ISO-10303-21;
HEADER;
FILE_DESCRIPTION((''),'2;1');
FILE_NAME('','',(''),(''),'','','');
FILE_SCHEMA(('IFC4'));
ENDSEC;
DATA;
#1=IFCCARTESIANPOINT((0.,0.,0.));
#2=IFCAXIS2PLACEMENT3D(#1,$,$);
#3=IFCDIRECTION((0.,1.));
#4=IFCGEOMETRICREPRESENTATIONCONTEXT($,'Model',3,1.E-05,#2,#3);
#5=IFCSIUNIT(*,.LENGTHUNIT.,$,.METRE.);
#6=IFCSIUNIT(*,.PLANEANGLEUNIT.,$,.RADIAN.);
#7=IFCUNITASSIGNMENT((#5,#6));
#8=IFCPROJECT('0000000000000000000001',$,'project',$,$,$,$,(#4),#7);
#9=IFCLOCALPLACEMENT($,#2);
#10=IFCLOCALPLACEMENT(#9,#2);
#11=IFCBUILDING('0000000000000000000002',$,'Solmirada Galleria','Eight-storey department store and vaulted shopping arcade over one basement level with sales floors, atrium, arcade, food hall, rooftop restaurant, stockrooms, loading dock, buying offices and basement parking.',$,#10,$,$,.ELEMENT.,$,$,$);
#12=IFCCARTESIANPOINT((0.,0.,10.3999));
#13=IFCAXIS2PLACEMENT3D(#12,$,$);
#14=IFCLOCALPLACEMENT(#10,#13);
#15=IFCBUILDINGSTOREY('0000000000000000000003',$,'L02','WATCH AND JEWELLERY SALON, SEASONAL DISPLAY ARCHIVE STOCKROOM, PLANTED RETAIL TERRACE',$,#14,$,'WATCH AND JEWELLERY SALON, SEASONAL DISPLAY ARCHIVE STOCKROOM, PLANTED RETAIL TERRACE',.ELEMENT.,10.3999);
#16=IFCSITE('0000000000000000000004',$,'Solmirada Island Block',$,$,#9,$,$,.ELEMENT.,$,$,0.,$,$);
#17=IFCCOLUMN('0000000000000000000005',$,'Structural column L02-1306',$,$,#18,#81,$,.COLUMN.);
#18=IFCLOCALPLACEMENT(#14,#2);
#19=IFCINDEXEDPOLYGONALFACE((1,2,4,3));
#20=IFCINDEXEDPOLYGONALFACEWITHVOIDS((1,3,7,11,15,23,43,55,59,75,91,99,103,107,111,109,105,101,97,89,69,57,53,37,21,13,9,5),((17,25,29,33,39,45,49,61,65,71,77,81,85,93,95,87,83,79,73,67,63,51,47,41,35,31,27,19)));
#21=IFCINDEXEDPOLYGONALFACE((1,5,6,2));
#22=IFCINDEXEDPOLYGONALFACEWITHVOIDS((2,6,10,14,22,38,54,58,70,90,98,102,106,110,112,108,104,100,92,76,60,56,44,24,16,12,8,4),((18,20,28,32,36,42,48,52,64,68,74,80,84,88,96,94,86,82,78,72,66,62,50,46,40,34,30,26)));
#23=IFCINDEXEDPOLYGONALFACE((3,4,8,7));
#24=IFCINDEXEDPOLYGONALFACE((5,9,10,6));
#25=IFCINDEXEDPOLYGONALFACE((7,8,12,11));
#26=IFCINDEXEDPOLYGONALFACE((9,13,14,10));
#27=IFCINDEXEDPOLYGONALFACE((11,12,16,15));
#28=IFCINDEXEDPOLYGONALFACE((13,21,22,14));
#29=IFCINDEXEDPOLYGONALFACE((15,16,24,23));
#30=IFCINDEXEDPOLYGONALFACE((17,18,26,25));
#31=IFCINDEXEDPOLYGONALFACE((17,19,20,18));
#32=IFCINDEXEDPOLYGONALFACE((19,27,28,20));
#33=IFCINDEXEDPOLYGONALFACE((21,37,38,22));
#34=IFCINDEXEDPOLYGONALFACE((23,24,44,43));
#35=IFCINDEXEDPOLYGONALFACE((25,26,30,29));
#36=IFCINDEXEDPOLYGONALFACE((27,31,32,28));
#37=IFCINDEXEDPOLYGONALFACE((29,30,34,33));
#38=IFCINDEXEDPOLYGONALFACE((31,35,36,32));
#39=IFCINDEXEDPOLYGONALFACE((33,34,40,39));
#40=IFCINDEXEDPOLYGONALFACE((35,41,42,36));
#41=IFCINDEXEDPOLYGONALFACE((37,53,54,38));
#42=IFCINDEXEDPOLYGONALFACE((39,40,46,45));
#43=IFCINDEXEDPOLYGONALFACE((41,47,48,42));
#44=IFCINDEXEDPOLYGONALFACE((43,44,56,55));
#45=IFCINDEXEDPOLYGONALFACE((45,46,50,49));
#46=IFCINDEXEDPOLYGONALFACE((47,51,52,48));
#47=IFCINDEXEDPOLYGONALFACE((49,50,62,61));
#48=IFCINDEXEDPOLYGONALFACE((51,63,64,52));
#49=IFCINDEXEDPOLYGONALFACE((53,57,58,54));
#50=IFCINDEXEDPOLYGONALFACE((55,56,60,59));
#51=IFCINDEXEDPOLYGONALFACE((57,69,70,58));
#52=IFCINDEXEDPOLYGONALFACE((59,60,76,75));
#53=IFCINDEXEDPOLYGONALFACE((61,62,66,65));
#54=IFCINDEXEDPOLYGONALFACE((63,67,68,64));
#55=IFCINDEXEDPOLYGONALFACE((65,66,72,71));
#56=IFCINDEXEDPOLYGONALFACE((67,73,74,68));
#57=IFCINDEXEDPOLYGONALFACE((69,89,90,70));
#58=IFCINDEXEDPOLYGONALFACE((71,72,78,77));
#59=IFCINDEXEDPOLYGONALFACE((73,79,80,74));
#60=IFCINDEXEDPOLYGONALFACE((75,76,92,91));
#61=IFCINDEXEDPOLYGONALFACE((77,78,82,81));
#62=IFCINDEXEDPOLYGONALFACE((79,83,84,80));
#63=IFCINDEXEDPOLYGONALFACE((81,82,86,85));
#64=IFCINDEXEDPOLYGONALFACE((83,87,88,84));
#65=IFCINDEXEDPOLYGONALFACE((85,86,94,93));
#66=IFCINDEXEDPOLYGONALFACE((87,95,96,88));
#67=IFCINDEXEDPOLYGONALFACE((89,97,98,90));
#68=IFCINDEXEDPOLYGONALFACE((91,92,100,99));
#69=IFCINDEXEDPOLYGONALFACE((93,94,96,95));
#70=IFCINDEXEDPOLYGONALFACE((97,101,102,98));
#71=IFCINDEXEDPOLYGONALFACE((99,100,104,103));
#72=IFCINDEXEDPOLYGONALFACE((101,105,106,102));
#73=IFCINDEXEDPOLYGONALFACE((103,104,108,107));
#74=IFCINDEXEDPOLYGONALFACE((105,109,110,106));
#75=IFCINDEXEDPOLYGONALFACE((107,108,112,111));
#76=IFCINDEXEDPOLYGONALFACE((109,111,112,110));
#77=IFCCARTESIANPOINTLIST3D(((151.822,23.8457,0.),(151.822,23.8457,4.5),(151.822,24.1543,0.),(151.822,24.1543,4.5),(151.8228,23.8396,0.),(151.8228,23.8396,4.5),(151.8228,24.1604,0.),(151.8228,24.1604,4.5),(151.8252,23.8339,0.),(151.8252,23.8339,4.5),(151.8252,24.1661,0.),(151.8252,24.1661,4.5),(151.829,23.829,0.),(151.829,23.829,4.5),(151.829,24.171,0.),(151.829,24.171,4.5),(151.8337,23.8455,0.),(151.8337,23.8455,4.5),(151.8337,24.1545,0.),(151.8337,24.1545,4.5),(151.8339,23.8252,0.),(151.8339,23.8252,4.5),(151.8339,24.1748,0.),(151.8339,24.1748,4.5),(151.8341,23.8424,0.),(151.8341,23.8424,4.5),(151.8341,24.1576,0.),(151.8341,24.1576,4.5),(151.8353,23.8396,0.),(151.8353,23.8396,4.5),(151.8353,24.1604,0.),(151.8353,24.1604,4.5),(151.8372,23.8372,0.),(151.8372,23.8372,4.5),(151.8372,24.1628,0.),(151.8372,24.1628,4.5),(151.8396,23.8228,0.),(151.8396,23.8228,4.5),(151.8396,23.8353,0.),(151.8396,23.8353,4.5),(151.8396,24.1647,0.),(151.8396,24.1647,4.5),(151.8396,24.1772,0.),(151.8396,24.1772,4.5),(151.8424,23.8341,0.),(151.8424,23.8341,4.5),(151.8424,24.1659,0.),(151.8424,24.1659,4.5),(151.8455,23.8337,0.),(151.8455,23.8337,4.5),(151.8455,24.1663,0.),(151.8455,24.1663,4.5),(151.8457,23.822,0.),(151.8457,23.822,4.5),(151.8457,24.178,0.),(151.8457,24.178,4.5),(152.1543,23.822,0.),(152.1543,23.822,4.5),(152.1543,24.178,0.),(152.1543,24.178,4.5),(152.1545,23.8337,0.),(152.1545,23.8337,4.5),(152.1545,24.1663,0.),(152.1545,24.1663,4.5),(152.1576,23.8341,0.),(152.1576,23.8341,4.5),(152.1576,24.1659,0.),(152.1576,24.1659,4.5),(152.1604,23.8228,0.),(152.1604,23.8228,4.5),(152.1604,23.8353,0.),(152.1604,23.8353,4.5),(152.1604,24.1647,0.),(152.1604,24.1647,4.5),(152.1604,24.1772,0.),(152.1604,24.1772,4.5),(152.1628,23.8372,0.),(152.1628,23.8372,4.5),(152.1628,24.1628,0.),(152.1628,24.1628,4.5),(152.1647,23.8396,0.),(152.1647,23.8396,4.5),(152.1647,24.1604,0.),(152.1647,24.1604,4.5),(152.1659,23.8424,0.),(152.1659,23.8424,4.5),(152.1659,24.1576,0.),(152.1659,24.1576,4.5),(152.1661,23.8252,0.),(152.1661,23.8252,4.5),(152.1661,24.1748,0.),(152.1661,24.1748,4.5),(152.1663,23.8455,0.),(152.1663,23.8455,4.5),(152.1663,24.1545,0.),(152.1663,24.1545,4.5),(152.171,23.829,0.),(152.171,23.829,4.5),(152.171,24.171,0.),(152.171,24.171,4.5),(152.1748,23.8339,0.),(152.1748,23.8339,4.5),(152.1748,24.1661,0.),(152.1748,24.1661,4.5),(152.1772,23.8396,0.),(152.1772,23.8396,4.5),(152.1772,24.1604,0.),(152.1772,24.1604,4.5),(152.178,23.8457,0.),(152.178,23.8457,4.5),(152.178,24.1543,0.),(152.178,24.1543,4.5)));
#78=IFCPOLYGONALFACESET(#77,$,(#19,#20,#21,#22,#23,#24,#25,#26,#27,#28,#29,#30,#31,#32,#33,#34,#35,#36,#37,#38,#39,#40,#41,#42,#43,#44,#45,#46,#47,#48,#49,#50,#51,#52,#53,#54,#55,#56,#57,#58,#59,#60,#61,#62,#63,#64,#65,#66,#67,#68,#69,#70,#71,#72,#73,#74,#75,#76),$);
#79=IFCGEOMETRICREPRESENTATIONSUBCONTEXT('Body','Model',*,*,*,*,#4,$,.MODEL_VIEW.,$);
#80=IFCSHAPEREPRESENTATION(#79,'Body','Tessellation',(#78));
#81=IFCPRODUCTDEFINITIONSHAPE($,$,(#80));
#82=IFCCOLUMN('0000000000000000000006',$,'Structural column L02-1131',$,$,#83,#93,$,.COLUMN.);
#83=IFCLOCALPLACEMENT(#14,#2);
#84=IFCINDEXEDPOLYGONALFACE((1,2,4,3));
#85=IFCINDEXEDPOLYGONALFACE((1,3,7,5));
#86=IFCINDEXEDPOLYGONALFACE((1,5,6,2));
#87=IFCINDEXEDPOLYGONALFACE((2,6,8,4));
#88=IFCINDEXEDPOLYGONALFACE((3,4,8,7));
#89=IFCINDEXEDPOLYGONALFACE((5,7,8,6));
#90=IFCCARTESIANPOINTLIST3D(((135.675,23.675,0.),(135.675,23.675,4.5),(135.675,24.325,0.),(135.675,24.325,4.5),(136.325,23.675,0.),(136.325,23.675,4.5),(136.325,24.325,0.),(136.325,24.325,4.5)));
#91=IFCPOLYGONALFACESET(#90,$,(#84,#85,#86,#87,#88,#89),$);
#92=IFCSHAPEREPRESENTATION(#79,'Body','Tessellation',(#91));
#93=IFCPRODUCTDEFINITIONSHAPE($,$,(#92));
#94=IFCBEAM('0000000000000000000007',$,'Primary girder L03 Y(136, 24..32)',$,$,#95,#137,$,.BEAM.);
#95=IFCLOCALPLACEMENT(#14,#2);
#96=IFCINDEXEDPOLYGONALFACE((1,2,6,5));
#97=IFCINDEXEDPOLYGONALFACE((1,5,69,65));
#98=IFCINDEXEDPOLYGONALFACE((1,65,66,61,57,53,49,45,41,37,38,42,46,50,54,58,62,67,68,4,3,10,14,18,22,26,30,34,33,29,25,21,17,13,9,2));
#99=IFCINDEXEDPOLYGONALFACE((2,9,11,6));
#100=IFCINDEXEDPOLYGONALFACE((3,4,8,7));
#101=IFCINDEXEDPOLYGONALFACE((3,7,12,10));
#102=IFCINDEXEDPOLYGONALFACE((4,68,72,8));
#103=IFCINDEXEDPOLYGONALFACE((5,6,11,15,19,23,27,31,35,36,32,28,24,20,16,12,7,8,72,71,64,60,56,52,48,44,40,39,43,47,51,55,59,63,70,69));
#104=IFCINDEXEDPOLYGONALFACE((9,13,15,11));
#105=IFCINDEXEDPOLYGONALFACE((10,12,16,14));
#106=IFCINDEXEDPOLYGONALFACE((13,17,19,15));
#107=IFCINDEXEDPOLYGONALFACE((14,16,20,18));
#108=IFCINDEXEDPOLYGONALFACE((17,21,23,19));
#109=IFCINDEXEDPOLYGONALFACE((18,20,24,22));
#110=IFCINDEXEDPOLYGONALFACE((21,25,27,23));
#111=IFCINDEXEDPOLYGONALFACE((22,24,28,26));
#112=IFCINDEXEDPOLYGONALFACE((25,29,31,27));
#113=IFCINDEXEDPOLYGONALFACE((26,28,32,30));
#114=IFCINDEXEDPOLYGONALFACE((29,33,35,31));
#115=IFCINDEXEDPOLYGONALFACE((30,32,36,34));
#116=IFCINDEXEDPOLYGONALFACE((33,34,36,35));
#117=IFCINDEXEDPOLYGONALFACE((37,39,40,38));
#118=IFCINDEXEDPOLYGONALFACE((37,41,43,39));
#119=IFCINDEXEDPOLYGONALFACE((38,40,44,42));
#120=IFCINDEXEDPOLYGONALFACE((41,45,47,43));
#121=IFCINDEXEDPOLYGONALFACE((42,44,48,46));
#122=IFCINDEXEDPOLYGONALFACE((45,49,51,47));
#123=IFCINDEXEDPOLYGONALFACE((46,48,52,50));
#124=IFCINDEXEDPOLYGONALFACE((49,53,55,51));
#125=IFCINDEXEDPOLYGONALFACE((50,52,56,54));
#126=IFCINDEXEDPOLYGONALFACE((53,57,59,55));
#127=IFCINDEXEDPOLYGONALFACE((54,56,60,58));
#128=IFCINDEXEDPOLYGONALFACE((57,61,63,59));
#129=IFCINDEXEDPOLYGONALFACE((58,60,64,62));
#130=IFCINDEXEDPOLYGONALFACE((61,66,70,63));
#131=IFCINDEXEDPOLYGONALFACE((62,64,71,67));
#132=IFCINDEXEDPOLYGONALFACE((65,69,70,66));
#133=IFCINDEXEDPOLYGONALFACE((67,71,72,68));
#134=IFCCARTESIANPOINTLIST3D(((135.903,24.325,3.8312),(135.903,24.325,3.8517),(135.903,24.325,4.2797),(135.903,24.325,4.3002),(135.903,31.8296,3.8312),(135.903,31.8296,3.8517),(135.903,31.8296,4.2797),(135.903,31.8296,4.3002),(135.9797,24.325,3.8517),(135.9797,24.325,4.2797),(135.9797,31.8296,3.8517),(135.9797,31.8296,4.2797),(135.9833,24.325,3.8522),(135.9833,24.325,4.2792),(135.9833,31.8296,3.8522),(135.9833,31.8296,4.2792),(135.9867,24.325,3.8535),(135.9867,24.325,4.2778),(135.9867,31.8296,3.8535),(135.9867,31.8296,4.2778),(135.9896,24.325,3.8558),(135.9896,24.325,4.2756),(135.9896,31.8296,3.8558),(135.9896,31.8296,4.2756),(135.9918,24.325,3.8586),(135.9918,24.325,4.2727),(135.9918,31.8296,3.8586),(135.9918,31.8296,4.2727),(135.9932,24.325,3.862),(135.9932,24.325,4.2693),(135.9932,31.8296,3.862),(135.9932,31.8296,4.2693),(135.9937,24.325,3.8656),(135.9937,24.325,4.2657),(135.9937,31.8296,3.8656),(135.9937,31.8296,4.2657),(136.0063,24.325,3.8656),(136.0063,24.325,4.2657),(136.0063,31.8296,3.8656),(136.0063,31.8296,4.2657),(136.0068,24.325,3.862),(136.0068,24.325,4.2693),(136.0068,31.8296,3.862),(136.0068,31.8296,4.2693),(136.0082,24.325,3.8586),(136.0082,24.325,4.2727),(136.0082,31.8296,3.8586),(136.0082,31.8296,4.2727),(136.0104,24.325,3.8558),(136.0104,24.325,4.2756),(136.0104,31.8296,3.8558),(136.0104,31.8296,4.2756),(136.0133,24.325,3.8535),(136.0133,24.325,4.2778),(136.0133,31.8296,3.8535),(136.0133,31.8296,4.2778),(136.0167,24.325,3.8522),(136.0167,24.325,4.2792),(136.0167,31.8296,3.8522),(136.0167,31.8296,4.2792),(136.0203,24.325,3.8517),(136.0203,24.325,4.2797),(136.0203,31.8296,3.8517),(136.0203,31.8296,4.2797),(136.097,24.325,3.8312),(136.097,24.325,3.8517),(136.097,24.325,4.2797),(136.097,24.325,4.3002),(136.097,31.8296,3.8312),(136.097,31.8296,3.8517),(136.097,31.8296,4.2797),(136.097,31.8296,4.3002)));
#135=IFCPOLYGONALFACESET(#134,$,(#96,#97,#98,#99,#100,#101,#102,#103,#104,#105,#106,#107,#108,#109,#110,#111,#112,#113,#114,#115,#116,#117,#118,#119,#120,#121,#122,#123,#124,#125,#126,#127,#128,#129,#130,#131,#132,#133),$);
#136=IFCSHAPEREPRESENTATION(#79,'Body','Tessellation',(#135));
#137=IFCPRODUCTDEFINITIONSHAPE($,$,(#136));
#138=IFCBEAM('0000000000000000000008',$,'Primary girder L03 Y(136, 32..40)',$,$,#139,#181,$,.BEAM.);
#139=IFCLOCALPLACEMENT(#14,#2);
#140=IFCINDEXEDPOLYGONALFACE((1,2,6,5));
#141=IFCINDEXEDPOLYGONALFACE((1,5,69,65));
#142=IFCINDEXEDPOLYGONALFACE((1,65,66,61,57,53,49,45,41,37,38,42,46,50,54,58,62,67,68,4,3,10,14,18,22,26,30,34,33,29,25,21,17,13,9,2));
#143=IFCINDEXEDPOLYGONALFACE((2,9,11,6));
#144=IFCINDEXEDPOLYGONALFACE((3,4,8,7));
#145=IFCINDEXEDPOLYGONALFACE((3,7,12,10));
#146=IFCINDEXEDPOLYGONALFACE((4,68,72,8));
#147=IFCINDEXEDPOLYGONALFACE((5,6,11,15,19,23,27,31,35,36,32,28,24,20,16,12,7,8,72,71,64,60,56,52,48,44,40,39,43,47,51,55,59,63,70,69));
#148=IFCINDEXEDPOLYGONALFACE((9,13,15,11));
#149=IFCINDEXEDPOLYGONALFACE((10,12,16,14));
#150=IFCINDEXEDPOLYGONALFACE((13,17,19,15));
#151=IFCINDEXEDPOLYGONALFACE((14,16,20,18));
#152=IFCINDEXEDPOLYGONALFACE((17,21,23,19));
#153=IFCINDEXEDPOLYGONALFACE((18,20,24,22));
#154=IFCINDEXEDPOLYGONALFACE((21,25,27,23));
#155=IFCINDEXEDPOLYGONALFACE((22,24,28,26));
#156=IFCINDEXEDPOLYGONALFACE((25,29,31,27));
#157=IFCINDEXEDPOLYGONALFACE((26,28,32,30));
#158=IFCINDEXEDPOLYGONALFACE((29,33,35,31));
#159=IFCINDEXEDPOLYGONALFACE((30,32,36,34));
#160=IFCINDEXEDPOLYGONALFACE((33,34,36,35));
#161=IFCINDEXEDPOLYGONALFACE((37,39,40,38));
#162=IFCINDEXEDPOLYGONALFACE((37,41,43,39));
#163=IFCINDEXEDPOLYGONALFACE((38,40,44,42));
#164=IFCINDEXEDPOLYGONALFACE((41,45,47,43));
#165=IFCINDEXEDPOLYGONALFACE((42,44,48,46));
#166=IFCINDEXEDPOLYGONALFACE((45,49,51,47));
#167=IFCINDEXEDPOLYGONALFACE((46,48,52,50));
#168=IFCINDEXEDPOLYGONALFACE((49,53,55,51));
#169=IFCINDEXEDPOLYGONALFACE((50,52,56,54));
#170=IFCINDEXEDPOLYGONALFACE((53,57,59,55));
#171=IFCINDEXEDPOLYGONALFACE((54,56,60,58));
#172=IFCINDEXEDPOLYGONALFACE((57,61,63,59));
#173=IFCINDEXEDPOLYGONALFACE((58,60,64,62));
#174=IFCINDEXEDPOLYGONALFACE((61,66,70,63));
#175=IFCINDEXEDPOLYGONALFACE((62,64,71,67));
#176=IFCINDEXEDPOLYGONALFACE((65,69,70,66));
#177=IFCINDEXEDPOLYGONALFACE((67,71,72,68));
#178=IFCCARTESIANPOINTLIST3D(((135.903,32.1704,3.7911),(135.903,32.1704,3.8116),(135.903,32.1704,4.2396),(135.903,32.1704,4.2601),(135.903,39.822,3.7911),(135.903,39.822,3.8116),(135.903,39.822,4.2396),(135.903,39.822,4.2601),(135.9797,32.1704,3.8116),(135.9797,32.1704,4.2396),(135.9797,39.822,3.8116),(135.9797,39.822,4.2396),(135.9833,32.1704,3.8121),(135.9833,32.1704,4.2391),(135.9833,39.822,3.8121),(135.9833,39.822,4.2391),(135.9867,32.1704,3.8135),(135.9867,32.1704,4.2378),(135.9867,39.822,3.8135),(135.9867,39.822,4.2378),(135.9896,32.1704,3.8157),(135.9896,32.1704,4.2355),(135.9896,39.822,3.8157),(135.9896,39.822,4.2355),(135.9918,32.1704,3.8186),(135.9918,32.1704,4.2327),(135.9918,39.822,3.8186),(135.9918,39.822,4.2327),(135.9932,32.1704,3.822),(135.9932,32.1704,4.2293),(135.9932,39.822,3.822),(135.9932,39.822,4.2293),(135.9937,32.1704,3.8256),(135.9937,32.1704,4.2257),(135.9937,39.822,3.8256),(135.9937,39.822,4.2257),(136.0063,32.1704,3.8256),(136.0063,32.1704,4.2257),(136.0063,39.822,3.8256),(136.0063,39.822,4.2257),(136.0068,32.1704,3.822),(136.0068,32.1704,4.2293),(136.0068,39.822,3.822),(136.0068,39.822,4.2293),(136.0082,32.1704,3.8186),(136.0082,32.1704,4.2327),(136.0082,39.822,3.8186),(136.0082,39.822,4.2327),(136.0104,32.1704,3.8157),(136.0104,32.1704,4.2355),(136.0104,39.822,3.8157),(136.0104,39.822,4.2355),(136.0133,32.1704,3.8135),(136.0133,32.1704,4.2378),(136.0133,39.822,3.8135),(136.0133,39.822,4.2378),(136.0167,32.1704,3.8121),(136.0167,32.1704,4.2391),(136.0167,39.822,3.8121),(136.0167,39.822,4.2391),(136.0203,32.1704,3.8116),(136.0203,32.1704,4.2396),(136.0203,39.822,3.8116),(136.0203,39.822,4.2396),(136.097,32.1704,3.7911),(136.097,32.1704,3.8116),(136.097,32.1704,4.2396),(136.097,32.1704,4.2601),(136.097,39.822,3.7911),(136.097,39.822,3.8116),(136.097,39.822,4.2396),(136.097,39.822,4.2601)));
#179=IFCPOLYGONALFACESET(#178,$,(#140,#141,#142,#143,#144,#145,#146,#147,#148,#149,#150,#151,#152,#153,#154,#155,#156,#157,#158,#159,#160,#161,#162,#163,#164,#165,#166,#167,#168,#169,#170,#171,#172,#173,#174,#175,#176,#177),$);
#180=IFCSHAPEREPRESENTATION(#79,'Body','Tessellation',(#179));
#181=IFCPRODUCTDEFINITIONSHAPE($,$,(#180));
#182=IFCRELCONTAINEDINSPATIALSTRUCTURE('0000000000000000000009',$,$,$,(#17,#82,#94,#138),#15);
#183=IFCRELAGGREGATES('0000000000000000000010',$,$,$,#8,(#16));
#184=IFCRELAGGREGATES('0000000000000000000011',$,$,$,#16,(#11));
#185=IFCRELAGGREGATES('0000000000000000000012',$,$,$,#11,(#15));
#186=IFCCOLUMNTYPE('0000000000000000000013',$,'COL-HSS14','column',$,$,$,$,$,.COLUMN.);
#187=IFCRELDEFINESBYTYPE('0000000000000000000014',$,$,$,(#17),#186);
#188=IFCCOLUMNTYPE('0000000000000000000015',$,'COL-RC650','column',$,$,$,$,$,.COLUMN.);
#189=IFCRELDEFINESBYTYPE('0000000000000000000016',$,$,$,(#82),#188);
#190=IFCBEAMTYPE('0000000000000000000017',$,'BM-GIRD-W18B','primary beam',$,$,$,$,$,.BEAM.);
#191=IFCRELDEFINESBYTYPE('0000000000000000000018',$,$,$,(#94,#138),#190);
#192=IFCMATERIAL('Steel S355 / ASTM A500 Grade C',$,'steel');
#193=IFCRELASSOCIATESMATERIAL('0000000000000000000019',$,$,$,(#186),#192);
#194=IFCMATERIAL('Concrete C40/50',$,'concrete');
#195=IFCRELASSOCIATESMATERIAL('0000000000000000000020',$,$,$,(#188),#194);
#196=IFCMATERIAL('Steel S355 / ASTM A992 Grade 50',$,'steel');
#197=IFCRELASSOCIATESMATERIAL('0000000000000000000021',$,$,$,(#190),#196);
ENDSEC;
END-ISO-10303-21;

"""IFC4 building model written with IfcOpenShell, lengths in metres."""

from ifc_helpers import new_model, si_unit, direction, frame, origin, origin_2d, place, context, subcontext, project, spatial, rectangle, hollow_rectangle, i_section, extrude, material, material_profile, profile_set, type_object, element, save


model = new_model("IFC4")

# Units and contexts
model_context = context("Model", 3, precision=1e-05, world=origin(), true_north=direction((0.0, 1.0)))
body_context = subcontext(model_context, "Body", "Model", "MODEL_VIEW")
ifc_project = project(units=[si_unit("LENGTHUNIT", "METRE"), si_unit("PLANEANGLEUNIT", "RADIAN")], contexts=[model_context])

# Site, building, storey
site_placement = place(None, origin())
site = spatial("IfcSite", under=ifc_project, at=site_placement, Name="Solmirada Island Block", CompositionType="ELEMENT", RefElevation=0.0)
building_placement = place(site_placement, origin())
building = spatial("IfcBuilding", under=site, at=building_placement, Name="Solmirada Galleria", Description="Eight-storey department store and vaulted shopping arcade over one basement level with sales floors, atrium, arcade, food hall, rooftop restaurant, stockrooms, loading dock, buying offices and basement parking.", CompositionType="ELEMENT")
storey_placement = place(building_placement, frame((0.0, 0.0, 10.3999)))
storey = spatial("IfcBuildingStorey", under=building, at=storey_placement, Name="L02", Description="WATCH AND JEWELLERY SALON, SEASONAL DISPLAY ARCHIVE STOCKROOM, PLANTED RETAIL TERRACE", LongName="WATCH AND JEWELLERY SALON, SEASONAL DISPLAY ARCHIVE STOCKROOM, PLANTED RETAIL TERRACE", CompositionType="ELEMENT", Elevation=10.3999)

# Columns
ifc_material_1 = material(Name="Steel S355 / ASTM A500 Grade C", Category="steel")
ifc_material_profile_1 = material_profile(ifc_material_1, hollow_rectangle(XDim=0.356, YDim=0.356, WallThickness=0.0117, InnerFilletRadius=0.0117, OuterFilletRadius=0.0237, at=origin_2d()), Name="HSS14X14X1/2")
ifc_profile_set_1 = profile_set([ifc_material_profile_1], Name="Steel S355 / ASTM A500 Grade C")
column_type_1 = type_object("IfcColumnType", Name="COL-HSS14", Description="column", PredefinedType="COLUMN", material=ifc_profile_set_1)
for number, where, z_axis, x_axis, name in (
    (1, (152.0, 24.0, 0.0), (0.0, 0.0, 1.0), (1.0, 0.0, 0.0), "Structural column L02-1306"),
):
    element("IfcColumn", number, at=place(storey_placement, frame(where, z_axis=z_axis, x_axis=x_axis)), inside=storey, type_object=column_type_1, Name=name, PredefinedType="COLUMN", context=body_context, shape_type="SweptSolid", body=[
        extrude(hollow_rectangle(XDim=0.356, YDim=0.356, WallThickness=0.0117, InnerFilletRadius=0.0117, OuterFilletRadius=0.0237, at=origin_2d()), origin(), (0.0, 0.0, 1.0), 4.5),
    ])
ifc_material_2 = material(Name="Concrete C40/50", Category="concrete")
ifc_material_profile_2 = material_profile(ifc_material_2, rectangle(XDim=0.6499, YDim=0.6499, at=origin_2d()), Name="RC650X650")
ifc_profile_set_2 = profile_set([ifc_material_profile_2], Name="Concrete C40/50")
column_type_2 = type_object("IfcColumnType", Name="COL-RC650", Description="column", PredefinedType="COLUMN", material=ifc_profile_set_2)
column_placement = place(storey_placement, frame((136.0, 24.0, 0.0), z_axis=(0.0, 0.0, 1.0), x_axis=(1.0, 0.0, 0.0)))
element("IfcColumn", 2, at=column_placement, inside=storey, type_object=column_type_2, Name="Structural column L02-1131", PredefinedType="COLUMN", context=body_context, shape_type="SweptSolid", body=[
    extrude(rectangle(XDim=0.6499, YDim=0.6499, at=origin_2d()), origin(), (0.0, 0.0, 1.0), 4.5),
])

# Beams
ifc_material_3 = material(Name="Steel S355 / ASTM A992 Grade 50", Category="steel")
ifc_material_profile_3 = material_profile(ifc_material_3, i_section(OverallWidth=0.1941, OverallDepth=0.469, WebThickness=0.0127, FlangeThickness=0.0205, FilletRadius=0.0139, at=origin_2d()), Name="W18X71")
ifc_profile_set_3 = profile_set([ifc_material_profile_3], Name="Steel S355 / ASTM A992 Grade 50")
beam_type_1 = type_object("IfcBeamType", Name="BM-GIRD-W18B", Description="primary beam", PredefinedType="BEAM", material=ifc_profile_set_3)
beam_1_placement = place(storey_placement, frame((136.0, 24.325, 4.0657), z_axis=(0.0, 1.0, 0.0), x_axis=(-1.0, 0.0, 0.0)))
element("IfcBeam", 3, at=beam_1_placement, inside=storey, type_object=beam_type_1, Name="Primary girder L03 Y(136, 24..32)", PredefinedType="BEAM", context=body_context, shape_type="SweptSolid", body=[
    extrude(i_section(OverallWidth=0.1941, OverallDepth=0.469, WebThickness=0.0127, FlangeThickness=0.0205, FilletRadius=0.0139, at=origin_2d()), origin(), (0.0, 0.0, 1.0), 7.5046),
])
beam_2_placement = place(storey_placement, frame((136.0, 32.1704, 4.0256), z_axis=(0.0, 1.0, 0.0), x_axis=(-1.0, 0.0, 0.0)))
element("IfcBeam", 4, at=beam_2_placement, inside=storey, type_object=beam_type_1, Name="Primary girder L03 Y(136, 32..40)", PredefinedType="BEAM", context=body_context, shape_type="SweptSolid", body=[
    extrude(i_section(OverallWidth=0.1941, OverallDepth=0.469, WebThickness=0.0127, FlangeThickness=0.0205, FilletRadius=0.0139, at=origin_2d()), origin(), (0.0, 0.0, 1.0), 7.6516),
])

save(model, "model.ifc")
